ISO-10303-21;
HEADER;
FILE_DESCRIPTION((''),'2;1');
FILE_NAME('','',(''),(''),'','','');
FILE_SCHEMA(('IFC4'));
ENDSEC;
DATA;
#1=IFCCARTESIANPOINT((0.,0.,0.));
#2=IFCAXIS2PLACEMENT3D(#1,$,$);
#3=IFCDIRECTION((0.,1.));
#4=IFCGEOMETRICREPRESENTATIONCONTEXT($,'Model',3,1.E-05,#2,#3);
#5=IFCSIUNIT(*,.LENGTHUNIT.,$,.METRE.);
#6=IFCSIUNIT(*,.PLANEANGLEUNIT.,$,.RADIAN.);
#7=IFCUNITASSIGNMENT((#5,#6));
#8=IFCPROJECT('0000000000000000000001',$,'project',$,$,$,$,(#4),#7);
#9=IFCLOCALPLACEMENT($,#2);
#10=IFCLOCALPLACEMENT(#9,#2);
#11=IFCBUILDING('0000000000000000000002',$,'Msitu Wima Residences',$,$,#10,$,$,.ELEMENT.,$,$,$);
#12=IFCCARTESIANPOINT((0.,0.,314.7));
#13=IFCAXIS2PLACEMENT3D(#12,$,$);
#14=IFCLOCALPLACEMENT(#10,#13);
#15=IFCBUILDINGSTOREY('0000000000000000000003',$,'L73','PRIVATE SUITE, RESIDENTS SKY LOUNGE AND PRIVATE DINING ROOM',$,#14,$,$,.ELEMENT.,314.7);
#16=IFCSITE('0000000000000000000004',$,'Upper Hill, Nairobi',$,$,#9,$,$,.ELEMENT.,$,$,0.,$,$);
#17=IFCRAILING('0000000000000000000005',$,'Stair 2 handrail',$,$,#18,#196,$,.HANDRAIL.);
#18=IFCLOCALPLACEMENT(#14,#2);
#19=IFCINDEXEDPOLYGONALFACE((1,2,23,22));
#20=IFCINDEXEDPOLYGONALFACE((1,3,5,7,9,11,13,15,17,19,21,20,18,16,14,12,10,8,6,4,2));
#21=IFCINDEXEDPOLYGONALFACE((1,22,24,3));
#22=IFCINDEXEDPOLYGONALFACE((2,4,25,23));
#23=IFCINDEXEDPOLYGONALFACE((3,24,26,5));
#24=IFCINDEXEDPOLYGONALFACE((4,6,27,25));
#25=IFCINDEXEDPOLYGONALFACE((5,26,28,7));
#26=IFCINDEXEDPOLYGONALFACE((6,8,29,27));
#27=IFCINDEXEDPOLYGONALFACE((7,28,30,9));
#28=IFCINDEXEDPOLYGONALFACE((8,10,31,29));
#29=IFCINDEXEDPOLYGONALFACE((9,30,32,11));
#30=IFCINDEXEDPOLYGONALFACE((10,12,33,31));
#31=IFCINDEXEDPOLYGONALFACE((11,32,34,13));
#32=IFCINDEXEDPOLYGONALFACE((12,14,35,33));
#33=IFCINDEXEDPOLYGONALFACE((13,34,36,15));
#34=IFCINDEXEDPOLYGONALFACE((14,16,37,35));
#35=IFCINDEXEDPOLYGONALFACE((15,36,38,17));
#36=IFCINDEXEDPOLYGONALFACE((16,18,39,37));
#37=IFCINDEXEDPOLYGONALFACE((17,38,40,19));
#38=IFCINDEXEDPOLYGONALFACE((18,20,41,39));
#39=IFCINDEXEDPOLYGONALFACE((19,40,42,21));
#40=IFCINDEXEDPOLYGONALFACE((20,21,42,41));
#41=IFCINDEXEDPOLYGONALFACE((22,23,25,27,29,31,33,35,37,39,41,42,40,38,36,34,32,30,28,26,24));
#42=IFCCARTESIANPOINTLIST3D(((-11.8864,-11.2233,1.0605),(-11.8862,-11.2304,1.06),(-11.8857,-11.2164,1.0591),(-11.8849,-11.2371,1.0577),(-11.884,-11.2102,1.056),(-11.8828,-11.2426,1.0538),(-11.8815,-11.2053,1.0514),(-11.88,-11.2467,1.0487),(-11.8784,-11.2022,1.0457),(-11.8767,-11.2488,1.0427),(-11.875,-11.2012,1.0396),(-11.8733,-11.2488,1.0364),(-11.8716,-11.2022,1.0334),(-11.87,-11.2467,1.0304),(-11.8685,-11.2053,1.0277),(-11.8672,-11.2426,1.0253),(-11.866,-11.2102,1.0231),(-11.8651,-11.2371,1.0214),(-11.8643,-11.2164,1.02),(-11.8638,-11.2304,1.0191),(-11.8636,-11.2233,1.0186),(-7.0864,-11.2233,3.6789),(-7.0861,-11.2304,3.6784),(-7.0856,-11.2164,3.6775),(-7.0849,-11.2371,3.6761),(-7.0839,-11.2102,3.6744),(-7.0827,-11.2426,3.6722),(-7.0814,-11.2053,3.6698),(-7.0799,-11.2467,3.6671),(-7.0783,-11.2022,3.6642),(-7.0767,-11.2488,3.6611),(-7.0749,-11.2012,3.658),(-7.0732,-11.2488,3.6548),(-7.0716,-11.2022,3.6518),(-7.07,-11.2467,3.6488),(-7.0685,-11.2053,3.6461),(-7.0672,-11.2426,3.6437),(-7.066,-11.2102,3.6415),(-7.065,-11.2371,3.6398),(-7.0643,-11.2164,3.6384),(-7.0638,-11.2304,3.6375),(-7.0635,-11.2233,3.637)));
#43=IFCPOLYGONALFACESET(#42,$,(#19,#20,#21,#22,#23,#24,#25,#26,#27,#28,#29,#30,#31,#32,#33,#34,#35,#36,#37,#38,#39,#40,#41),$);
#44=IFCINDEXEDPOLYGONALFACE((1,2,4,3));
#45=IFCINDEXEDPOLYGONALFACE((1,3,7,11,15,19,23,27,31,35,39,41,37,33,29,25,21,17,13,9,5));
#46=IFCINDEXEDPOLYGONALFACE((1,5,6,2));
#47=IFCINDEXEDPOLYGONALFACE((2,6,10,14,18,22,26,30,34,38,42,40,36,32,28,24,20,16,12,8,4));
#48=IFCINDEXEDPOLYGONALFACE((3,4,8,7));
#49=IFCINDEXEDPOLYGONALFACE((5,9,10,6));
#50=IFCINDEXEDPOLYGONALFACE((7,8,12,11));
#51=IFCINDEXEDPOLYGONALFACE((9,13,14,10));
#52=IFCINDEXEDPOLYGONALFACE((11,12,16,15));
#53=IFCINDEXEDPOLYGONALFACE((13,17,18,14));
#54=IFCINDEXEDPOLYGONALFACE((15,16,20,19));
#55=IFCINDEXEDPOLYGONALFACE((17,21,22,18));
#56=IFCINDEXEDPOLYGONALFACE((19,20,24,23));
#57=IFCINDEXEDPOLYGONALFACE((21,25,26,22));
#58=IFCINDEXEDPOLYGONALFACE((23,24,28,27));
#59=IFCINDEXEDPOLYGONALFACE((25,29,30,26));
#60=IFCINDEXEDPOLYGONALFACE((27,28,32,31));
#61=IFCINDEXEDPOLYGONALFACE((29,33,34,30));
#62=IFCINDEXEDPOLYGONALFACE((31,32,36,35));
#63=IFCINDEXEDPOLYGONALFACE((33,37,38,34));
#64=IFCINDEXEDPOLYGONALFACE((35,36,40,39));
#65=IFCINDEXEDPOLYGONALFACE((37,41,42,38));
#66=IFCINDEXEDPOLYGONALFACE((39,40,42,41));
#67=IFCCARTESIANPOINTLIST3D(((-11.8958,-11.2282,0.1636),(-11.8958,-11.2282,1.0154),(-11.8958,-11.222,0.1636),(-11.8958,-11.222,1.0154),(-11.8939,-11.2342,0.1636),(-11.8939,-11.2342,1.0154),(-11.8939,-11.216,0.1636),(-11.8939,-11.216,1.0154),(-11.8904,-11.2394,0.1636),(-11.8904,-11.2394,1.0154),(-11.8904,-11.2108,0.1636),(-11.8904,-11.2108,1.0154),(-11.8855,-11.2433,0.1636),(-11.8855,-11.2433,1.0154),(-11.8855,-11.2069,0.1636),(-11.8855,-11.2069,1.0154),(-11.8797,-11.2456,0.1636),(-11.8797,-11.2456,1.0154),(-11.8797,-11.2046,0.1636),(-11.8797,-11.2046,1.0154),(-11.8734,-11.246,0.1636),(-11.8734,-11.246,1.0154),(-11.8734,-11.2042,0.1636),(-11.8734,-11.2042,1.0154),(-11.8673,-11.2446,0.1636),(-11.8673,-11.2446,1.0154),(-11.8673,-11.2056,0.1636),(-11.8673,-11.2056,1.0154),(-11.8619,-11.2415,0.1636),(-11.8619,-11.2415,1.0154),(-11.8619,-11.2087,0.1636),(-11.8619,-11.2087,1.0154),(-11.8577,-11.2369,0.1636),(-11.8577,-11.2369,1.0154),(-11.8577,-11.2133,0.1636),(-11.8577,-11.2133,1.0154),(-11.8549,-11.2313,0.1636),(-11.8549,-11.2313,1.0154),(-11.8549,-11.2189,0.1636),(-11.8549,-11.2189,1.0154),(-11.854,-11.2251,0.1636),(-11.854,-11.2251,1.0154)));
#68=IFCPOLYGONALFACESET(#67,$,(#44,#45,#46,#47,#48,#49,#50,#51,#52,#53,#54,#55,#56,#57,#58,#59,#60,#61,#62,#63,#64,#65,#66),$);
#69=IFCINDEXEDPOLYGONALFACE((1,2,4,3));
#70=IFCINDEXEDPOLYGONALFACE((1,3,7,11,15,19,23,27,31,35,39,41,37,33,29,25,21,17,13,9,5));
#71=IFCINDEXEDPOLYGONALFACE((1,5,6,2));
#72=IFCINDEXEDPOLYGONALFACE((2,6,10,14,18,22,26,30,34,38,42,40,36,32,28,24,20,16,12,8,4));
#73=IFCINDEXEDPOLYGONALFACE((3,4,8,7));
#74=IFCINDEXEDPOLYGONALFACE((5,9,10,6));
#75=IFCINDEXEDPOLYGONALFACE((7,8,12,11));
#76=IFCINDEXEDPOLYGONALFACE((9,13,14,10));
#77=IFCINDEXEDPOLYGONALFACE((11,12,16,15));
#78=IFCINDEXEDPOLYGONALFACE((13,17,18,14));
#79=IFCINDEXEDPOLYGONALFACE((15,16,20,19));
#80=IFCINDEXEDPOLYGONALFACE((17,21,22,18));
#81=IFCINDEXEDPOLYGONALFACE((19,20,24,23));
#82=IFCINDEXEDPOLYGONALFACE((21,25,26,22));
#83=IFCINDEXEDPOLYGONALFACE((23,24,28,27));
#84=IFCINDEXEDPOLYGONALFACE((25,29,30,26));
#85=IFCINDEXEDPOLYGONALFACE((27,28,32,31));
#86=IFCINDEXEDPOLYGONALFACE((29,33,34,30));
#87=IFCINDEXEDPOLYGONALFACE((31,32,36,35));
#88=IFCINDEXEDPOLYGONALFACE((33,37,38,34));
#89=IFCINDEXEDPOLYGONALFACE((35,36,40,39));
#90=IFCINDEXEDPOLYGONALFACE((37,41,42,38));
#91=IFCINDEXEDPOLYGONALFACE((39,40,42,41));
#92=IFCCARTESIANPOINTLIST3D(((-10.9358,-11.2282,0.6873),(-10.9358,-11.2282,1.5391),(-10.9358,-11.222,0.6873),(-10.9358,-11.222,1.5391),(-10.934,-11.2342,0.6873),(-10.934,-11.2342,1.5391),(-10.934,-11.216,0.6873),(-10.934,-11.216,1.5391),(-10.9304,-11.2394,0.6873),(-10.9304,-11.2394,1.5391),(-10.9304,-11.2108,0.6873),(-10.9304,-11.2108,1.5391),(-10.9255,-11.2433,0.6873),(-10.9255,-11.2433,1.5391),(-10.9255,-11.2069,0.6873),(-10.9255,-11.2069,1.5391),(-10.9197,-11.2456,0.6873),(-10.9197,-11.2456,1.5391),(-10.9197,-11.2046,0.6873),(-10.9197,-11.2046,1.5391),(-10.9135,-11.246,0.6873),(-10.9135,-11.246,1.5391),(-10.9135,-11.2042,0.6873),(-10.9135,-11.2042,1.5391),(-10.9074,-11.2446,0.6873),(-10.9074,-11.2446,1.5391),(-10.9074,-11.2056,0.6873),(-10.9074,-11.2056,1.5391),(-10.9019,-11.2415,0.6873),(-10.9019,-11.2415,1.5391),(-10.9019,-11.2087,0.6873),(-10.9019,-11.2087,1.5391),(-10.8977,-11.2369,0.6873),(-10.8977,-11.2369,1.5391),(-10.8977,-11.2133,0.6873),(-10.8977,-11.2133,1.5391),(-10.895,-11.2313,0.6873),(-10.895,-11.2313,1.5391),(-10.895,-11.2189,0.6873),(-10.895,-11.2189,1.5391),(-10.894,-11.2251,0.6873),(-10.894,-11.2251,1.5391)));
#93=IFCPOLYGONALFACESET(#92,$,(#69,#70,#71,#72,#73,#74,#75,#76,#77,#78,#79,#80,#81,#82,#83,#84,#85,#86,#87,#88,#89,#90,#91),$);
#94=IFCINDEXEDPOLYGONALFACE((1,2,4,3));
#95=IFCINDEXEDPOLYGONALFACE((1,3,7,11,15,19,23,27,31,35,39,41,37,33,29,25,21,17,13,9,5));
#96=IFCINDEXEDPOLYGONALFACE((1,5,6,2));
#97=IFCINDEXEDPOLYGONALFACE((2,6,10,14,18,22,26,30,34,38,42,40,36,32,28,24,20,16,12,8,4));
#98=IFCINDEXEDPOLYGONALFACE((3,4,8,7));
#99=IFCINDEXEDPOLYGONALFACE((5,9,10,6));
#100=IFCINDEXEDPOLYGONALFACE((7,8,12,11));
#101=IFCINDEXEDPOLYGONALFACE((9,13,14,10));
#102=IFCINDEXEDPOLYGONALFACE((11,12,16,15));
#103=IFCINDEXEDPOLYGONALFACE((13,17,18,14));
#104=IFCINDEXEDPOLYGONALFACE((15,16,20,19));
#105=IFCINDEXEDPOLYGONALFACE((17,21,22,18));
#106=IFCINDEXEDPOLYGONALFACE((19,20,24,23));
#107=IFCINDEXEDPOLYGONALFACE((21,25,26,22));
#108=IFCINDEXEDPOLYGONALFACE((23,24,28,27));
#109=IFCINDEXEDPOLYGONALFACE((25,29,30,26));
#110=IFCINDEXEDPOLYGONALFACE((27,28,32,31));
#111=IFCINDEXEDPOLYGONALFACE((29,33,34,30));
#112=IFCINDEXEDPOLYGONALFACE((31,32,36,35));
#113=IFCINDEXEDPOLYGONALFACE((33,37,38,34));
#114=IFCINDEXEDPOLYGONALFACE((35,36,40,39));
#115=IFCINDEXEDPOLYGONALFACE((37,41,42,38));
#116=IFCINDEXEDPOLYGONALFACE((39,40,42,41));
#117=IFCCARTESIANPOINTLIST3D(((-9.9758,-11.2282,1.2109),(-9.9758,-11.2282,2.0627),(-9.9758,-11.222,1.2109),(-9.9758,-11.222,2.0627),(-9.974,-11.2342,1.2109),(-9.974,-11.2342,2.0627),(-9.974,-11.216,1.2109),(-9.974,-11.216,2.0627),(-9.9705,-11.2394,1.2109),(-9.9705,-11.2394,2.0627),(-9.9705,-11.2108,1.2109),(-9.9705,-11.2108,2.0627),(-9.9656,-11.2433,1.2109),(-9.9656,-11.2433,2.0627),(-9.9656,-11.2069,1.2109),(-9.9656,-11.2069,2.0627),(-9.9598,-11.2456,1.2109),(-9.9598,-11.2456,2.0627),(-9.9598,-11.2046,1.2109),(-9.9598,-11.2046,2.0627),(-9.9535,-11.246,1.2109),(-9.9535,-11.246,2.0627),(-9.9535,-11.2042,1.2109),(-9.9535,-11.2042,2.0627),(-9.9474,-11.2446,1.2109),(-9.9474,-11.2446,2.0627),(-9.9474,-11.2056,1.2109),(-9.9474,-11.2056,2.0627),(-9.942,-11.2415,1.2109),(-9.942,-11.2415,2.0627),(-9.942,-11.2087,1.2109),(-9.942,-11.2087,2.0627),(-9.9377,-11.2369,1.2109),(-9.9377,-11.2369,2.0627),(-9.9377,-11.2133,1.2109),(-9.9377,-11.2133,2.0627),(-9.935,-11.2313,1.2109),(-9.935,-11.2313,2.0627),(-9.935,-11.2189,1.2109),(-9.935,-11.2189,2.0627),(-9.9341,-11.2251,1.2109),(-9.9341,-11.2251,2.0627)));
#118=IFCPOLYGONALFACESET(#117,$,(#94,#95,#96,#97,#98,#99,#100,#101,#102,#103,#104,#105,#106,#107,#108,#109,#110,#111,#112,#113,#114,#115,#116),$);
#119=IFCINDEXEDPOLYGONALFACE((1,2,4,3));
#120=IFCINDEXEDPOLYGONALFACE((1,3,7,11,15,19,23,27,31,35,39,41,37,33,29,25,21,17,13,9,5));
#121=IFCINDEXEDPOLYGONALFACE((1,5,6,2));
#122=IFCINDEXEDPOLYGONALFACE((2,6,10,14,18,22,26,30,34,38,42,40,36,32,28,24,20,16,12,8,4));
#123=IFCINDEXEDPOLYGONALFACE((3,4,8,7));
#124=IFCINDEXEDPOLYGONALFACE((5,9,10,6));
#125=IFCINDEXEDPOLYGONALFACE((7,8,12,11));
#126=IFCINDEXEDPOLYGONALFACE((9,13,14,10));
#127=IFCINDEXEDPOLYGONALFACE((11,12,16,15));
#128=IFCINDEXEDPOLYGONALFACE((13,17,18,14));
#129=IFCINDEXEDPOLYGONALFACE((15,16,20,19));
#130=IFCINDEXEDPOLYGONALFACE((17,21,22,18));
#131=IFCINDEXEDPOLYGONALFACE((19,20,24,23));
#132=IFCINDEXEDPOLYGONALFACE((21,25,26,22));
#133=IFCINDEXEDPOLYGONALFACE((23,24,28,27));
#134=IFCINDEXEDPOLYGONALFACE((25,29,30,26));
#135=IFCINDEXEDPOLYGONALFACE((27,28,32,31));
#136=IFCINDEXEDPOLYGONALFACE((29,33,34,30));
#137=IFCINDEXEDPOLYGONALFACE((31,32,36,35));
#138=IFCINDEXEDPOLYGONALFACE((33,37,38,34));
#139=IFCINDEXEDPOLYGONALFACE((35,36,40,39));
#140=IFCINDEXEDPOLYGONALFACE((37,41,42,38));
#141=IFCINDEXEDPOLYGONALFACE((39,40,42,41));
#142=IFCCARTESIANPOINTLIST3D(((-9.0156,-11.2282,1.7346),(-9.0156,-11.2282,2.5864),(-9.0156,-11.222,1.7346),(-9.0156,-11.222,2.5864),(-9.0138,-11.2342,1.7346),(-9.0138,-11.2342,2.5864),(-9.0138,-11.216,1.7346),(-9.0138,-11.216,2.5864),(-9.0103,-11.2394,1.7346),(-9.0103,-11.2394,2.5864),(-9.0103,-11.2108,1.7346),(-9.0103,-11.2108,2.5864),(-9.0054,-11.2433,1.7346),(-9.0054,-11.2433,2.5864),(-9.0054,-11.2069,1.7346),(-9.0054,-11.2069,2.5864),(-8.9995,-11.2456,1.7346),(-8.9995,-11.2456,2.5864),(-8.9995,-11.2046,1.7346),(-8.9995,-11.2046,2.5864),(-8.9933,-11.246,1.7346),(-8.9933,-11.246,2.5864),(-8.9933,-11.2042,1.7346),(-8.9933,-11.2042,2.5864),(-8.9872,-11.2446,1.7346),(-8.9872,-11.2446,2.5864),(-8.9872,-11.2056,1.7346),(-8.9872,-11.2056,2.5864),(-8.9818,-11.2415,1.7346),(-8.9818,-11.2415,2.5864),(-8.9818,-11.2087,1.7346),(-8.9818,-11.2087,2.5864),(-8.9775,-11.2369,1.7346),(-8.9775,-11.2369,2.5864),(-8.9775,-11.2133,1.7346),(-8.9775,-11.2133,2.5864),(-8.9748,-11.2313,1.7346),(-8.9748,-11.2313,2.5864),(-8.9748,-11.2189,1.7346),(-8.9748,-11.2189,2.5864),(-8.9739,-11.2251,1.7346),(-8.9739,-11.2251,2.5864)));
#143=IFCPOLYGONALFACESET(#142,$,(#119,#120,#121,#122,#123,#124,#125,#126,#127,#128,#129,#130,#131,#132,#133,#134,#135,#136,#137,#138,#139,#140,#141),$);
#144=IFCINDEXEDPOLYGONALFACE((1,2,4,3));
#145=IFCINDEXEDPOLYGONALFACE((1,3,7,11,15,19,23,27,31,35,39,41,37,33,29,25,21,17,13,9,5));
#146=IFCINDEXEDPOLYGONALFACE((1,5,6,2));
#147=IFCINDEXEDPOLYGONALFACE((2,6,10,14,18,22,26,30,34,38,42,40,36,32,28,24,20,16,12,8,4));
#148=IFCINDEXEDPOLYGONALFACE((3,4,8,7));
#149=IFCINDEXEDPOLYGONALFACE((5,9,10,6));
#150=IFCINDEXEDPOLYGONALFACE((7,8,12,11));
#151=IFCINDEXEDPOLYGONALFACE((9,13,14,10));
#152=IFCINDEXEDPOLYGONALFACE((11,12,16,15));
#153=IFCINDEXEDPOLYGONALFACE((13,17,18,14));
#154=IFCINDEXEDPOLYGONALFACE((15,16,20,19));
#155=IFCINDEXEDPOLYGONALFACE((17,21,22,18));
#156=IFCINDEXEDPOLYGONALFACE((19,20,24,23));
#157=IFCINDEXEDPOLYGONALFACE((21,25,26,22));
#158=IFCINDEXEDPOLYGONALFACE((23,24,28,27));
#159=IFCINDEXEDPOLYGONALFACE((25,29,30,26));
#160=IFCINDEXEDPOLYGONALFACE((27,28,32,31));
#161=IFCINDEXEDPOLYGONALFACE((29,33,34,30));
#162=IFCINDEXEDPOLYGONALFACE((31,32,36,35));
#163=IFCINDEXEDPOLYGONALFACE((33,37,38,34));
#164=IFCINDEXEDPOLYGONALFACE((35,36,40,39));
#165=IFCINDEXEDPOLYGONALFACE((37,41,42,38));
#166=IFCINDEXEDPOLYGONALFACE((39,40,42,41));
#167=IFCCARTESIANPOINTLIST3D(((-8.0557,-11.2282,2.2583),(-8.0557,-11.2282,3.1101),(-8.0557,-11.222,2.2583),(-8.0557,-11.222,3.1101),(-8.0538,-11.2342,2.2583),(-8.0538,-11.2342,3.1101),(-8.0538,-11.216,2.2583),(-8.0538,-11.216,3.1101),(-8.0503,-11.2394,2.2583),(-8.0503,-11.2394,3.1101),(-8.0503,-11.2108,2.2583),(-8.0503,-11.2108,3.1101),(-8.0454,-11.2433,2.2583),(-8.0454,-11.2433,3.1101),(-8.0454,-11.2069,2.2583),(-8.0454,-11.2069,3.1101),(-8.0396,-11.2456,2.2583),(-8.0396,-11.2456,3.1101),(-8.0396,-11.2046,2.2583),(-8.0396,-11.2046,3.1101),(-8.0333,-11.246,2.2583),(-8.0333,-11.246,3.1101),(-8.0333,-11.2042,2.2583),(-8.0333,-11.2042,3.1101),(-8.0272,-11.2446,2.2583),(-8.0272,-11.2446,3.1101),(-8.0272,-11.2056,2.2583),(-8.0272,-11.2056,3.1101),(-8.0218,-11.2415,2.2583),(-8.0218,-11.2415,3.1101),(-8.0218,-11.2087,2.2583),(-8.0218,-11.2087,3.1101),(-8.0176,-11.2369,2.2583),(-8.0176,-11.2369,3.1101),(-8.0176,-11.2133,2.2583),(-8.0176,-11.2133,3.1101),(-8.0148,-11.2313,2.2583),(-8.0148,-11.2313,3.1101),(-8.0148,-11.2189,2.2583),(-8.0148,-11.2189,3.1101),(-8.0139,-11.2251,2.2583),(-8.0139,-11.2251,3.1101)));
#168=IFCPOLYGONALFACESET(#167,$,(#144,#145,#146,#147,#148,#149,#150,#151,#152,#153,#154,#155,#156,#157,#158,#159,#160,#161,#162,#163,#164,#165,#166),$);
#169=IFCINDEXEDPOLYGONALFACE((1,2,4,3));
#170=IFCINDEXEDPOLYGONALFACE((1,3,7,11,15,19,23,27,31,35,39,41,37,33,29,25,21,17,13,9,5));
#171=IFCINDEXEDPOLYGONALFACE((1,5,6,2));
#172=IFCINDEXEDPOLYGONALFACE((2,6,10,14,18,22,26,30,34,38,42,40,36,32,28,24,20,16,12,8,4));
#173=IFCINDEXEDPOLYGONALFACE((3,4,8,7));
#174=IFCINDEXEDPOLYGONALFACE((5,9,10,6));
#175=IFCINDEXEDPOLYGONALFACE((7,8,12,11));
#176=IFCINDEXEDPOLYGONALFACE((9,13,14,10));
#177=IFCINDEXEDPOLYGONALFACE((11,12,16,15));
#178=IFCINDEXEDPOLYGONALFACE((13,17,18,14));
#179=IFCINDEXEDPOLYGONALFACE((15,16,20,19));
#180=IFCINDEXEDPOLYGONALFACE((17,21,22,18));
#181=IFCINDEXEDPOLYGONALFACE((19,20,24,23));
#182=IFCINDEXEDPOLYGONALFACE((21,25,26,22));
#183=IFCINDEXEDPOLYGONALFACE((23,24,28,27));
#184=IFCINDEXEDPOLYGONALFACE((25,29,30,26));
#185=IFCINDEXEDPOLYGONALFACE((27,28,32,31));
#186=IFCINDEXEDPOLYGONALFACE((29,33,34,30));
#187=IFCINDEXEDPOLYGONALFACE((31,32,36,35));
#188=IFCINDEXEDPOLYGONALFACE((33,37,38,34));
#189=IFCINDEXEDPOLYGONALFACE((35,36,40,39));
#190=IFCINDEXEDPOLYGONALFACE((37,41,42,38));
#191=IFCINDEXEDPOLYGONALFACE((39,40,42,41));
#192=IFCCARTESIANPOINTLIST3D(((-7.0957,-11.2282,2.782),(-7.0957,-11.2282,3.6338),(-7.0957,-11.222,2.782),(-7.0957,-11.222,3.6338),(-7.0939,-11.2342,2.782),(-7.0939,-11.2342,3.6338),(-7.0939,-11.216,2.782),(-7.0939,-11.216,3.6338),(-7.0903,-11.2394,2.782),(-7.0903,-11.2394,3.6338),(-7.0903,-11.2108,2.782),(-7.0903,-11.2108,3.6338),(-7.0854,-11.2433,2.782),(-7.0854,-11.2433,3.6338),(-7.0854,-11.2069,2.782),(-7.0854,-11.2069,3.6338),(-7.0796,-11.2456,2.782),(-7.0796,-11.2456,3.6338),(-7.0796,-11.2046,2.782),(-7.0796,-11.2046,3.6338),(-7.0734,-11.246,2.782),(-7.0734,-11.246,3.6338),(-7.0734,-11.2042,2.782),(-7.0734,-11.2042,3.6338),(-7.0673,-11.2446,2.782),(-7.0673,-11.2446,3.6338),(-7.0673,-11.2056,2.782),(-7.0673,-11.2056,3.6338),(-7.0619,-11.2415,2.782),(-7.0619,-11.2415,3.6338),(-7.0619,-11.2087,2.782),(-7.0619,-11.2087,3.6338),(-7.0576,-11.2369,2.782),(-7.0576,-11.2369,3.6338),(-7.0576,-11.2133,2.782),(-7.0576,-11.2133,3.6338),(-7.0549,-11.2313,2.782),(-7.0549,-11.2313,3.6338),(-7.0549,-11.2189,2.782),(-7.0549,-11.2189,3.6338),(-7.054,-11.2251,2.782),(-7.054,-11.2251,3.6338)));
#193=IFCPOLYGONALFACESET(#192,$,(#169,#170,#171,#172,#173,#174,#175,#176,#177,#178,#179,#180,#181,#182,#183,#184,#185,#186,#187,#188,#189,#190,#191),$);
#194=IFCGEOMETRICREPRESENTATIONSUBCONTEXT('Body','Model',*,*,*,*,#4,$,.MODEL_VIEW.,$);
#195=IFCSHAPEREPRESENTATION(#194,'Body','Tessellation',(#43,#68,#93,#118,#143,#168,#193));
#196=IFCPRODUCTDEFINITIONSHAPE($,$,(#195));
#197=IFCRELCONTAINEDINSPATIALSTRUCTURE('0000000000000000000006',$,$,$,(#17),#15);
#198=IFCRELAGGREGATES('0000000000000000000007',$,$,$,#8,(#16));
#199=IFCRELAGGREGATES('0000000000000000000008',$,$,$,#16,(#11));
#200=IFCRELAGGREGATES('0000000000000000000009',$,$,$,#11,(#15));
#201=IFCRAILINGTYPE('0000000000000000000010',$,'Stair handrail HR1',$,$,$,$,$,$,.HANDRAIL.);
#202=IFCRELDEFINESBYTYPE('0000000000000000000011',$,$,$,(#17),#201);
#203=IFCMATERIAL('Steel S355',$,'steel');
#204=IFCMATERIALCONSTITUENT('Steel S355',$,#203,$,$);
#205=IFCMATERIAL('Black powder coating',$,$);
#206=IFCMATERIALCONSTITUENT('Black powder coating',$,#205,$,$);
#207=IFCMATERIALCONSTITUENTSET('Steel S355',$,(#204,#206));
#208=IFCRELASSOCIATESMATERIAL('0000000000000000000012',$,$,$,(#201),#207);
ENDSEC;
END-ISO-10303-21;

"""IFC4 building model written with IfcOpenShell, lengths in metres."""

from ifc_helpers import new_model, si_unit, direction, frame, origin, origin_2d, place, context, subcontext, project, spatial, circle, extrude, material, constituent, constituent_set, type_object, element, save


model = new_model("IFC4")

# Units and contexts
model_context = context("Model", 3, precision=1e-05, world=origin(), true_north=direction((0.0, 1.0)))
body_context = subcontext(model_context, "Body", "Model", "MODEL_VIEW")
ifc_project = project(units=[si_unit("LENGTHUNIT", "METRE"), si_unit("PLANEANGLEUNIT", "RADIAN")], contexts=[model_context])

# Site, building, storey
site_placement = place(None, origin())
site = spatial("IfcSite", under=ifc_project, at=site_placement, Name="Upper Hill, Nairobi", CompositionType="ELEMENT", RefElevation=0.0)
building_placement = place(site_placement, origin())
building = spatial("IfcBuilding", under=site, at=building_placement, Name="Msitu Wima Residences", CompositionType="ELEMENT")
storey_placement = place(building_placement, frame((0.0, 0.0, 314.7)))
storey = spatial("IfcBuildingStorey", under=building, at=storey_placement, Name="L73", Description="PRIVATE SUITE, RESIDENTS SKY LOUNGE AND PRIVATE DINING ROOM", CompositionType="ELEMENT", Elevation=314.7)

# Railing
ifc_material_1 = material(Name="Steel S355", Category="steel")
ifc_constituent_1 = constituent(ifc_material_1, Name="Steel S355")
ifc_material_2 = material(Name="Black powder coating")
ifc_constituent_2 = constituent(ifc_material_2, Name="Black powder coating")
ifc_constituent_set = constituent_set(constituents=[ifc_constituent_1, ifc_constituent_2], Name="Steel S355")
railing_type = type_object("IfcRailingType", Name="Stair handrail HR1", PredefinedType="HANDRAIL", material=ifc_constituent_set)
for number, where, name in (
    (1, (-11.875, -11.2251, 0.1636), "Stair 2 handrail"),
):
    element("IfcRailing", number, at=place(storey_placement, frame(where)), inside=storey, type_object=railing_type, Name=name, PredefinedType="HANDRAIL", context=body_context, shape_type="SweptSolid", body=[
        extrude(circle(Radius=0.0239, at=origin_2d()), frame((0.0, 0.0, 0.876), z_axis=(0.87788, 0.0, 0.47888), x_axis=(0.0, 1.0, 0.0)), (0.0, 0.0, 1.0), 5.4678),
        extrude(circle(Radius=0.021, at=origin_2d()), origin(), (0.0, 0.0, 1.0), 0.8518),
        extrude(circle(Radius=0.021, at=origin_2d()), frame((0.96, 0.0, 0.5237)), (0.0, 0.0, 1.0), 0.8518),
        extrude(circle(Radius=0.021, at=origin_2d()), frame((1.9199, 0.0, 1.0474)), (0.0, 0.0, 1.0), 0.8518),
        extrude(circle(Radius=0.021, at=origin_2d()), frame((2.8801, 0.0, 1.571)), (0.0, 0.0, 1.0), 0.8518),
        extrude(circle(Radius=0.021, at=origin_2d()), frame((3.8401, 0.0, 2.0947)), (0.0, 0.0, 1.0), 0.8518),
        extrude(circle(Radius=0.021, at=origin_2d()), frame((4.8, 0.0, 2.6184)), (0.0, 0.0, 1.0), 0.8518),
    ])

save(model, "model.ifc")
